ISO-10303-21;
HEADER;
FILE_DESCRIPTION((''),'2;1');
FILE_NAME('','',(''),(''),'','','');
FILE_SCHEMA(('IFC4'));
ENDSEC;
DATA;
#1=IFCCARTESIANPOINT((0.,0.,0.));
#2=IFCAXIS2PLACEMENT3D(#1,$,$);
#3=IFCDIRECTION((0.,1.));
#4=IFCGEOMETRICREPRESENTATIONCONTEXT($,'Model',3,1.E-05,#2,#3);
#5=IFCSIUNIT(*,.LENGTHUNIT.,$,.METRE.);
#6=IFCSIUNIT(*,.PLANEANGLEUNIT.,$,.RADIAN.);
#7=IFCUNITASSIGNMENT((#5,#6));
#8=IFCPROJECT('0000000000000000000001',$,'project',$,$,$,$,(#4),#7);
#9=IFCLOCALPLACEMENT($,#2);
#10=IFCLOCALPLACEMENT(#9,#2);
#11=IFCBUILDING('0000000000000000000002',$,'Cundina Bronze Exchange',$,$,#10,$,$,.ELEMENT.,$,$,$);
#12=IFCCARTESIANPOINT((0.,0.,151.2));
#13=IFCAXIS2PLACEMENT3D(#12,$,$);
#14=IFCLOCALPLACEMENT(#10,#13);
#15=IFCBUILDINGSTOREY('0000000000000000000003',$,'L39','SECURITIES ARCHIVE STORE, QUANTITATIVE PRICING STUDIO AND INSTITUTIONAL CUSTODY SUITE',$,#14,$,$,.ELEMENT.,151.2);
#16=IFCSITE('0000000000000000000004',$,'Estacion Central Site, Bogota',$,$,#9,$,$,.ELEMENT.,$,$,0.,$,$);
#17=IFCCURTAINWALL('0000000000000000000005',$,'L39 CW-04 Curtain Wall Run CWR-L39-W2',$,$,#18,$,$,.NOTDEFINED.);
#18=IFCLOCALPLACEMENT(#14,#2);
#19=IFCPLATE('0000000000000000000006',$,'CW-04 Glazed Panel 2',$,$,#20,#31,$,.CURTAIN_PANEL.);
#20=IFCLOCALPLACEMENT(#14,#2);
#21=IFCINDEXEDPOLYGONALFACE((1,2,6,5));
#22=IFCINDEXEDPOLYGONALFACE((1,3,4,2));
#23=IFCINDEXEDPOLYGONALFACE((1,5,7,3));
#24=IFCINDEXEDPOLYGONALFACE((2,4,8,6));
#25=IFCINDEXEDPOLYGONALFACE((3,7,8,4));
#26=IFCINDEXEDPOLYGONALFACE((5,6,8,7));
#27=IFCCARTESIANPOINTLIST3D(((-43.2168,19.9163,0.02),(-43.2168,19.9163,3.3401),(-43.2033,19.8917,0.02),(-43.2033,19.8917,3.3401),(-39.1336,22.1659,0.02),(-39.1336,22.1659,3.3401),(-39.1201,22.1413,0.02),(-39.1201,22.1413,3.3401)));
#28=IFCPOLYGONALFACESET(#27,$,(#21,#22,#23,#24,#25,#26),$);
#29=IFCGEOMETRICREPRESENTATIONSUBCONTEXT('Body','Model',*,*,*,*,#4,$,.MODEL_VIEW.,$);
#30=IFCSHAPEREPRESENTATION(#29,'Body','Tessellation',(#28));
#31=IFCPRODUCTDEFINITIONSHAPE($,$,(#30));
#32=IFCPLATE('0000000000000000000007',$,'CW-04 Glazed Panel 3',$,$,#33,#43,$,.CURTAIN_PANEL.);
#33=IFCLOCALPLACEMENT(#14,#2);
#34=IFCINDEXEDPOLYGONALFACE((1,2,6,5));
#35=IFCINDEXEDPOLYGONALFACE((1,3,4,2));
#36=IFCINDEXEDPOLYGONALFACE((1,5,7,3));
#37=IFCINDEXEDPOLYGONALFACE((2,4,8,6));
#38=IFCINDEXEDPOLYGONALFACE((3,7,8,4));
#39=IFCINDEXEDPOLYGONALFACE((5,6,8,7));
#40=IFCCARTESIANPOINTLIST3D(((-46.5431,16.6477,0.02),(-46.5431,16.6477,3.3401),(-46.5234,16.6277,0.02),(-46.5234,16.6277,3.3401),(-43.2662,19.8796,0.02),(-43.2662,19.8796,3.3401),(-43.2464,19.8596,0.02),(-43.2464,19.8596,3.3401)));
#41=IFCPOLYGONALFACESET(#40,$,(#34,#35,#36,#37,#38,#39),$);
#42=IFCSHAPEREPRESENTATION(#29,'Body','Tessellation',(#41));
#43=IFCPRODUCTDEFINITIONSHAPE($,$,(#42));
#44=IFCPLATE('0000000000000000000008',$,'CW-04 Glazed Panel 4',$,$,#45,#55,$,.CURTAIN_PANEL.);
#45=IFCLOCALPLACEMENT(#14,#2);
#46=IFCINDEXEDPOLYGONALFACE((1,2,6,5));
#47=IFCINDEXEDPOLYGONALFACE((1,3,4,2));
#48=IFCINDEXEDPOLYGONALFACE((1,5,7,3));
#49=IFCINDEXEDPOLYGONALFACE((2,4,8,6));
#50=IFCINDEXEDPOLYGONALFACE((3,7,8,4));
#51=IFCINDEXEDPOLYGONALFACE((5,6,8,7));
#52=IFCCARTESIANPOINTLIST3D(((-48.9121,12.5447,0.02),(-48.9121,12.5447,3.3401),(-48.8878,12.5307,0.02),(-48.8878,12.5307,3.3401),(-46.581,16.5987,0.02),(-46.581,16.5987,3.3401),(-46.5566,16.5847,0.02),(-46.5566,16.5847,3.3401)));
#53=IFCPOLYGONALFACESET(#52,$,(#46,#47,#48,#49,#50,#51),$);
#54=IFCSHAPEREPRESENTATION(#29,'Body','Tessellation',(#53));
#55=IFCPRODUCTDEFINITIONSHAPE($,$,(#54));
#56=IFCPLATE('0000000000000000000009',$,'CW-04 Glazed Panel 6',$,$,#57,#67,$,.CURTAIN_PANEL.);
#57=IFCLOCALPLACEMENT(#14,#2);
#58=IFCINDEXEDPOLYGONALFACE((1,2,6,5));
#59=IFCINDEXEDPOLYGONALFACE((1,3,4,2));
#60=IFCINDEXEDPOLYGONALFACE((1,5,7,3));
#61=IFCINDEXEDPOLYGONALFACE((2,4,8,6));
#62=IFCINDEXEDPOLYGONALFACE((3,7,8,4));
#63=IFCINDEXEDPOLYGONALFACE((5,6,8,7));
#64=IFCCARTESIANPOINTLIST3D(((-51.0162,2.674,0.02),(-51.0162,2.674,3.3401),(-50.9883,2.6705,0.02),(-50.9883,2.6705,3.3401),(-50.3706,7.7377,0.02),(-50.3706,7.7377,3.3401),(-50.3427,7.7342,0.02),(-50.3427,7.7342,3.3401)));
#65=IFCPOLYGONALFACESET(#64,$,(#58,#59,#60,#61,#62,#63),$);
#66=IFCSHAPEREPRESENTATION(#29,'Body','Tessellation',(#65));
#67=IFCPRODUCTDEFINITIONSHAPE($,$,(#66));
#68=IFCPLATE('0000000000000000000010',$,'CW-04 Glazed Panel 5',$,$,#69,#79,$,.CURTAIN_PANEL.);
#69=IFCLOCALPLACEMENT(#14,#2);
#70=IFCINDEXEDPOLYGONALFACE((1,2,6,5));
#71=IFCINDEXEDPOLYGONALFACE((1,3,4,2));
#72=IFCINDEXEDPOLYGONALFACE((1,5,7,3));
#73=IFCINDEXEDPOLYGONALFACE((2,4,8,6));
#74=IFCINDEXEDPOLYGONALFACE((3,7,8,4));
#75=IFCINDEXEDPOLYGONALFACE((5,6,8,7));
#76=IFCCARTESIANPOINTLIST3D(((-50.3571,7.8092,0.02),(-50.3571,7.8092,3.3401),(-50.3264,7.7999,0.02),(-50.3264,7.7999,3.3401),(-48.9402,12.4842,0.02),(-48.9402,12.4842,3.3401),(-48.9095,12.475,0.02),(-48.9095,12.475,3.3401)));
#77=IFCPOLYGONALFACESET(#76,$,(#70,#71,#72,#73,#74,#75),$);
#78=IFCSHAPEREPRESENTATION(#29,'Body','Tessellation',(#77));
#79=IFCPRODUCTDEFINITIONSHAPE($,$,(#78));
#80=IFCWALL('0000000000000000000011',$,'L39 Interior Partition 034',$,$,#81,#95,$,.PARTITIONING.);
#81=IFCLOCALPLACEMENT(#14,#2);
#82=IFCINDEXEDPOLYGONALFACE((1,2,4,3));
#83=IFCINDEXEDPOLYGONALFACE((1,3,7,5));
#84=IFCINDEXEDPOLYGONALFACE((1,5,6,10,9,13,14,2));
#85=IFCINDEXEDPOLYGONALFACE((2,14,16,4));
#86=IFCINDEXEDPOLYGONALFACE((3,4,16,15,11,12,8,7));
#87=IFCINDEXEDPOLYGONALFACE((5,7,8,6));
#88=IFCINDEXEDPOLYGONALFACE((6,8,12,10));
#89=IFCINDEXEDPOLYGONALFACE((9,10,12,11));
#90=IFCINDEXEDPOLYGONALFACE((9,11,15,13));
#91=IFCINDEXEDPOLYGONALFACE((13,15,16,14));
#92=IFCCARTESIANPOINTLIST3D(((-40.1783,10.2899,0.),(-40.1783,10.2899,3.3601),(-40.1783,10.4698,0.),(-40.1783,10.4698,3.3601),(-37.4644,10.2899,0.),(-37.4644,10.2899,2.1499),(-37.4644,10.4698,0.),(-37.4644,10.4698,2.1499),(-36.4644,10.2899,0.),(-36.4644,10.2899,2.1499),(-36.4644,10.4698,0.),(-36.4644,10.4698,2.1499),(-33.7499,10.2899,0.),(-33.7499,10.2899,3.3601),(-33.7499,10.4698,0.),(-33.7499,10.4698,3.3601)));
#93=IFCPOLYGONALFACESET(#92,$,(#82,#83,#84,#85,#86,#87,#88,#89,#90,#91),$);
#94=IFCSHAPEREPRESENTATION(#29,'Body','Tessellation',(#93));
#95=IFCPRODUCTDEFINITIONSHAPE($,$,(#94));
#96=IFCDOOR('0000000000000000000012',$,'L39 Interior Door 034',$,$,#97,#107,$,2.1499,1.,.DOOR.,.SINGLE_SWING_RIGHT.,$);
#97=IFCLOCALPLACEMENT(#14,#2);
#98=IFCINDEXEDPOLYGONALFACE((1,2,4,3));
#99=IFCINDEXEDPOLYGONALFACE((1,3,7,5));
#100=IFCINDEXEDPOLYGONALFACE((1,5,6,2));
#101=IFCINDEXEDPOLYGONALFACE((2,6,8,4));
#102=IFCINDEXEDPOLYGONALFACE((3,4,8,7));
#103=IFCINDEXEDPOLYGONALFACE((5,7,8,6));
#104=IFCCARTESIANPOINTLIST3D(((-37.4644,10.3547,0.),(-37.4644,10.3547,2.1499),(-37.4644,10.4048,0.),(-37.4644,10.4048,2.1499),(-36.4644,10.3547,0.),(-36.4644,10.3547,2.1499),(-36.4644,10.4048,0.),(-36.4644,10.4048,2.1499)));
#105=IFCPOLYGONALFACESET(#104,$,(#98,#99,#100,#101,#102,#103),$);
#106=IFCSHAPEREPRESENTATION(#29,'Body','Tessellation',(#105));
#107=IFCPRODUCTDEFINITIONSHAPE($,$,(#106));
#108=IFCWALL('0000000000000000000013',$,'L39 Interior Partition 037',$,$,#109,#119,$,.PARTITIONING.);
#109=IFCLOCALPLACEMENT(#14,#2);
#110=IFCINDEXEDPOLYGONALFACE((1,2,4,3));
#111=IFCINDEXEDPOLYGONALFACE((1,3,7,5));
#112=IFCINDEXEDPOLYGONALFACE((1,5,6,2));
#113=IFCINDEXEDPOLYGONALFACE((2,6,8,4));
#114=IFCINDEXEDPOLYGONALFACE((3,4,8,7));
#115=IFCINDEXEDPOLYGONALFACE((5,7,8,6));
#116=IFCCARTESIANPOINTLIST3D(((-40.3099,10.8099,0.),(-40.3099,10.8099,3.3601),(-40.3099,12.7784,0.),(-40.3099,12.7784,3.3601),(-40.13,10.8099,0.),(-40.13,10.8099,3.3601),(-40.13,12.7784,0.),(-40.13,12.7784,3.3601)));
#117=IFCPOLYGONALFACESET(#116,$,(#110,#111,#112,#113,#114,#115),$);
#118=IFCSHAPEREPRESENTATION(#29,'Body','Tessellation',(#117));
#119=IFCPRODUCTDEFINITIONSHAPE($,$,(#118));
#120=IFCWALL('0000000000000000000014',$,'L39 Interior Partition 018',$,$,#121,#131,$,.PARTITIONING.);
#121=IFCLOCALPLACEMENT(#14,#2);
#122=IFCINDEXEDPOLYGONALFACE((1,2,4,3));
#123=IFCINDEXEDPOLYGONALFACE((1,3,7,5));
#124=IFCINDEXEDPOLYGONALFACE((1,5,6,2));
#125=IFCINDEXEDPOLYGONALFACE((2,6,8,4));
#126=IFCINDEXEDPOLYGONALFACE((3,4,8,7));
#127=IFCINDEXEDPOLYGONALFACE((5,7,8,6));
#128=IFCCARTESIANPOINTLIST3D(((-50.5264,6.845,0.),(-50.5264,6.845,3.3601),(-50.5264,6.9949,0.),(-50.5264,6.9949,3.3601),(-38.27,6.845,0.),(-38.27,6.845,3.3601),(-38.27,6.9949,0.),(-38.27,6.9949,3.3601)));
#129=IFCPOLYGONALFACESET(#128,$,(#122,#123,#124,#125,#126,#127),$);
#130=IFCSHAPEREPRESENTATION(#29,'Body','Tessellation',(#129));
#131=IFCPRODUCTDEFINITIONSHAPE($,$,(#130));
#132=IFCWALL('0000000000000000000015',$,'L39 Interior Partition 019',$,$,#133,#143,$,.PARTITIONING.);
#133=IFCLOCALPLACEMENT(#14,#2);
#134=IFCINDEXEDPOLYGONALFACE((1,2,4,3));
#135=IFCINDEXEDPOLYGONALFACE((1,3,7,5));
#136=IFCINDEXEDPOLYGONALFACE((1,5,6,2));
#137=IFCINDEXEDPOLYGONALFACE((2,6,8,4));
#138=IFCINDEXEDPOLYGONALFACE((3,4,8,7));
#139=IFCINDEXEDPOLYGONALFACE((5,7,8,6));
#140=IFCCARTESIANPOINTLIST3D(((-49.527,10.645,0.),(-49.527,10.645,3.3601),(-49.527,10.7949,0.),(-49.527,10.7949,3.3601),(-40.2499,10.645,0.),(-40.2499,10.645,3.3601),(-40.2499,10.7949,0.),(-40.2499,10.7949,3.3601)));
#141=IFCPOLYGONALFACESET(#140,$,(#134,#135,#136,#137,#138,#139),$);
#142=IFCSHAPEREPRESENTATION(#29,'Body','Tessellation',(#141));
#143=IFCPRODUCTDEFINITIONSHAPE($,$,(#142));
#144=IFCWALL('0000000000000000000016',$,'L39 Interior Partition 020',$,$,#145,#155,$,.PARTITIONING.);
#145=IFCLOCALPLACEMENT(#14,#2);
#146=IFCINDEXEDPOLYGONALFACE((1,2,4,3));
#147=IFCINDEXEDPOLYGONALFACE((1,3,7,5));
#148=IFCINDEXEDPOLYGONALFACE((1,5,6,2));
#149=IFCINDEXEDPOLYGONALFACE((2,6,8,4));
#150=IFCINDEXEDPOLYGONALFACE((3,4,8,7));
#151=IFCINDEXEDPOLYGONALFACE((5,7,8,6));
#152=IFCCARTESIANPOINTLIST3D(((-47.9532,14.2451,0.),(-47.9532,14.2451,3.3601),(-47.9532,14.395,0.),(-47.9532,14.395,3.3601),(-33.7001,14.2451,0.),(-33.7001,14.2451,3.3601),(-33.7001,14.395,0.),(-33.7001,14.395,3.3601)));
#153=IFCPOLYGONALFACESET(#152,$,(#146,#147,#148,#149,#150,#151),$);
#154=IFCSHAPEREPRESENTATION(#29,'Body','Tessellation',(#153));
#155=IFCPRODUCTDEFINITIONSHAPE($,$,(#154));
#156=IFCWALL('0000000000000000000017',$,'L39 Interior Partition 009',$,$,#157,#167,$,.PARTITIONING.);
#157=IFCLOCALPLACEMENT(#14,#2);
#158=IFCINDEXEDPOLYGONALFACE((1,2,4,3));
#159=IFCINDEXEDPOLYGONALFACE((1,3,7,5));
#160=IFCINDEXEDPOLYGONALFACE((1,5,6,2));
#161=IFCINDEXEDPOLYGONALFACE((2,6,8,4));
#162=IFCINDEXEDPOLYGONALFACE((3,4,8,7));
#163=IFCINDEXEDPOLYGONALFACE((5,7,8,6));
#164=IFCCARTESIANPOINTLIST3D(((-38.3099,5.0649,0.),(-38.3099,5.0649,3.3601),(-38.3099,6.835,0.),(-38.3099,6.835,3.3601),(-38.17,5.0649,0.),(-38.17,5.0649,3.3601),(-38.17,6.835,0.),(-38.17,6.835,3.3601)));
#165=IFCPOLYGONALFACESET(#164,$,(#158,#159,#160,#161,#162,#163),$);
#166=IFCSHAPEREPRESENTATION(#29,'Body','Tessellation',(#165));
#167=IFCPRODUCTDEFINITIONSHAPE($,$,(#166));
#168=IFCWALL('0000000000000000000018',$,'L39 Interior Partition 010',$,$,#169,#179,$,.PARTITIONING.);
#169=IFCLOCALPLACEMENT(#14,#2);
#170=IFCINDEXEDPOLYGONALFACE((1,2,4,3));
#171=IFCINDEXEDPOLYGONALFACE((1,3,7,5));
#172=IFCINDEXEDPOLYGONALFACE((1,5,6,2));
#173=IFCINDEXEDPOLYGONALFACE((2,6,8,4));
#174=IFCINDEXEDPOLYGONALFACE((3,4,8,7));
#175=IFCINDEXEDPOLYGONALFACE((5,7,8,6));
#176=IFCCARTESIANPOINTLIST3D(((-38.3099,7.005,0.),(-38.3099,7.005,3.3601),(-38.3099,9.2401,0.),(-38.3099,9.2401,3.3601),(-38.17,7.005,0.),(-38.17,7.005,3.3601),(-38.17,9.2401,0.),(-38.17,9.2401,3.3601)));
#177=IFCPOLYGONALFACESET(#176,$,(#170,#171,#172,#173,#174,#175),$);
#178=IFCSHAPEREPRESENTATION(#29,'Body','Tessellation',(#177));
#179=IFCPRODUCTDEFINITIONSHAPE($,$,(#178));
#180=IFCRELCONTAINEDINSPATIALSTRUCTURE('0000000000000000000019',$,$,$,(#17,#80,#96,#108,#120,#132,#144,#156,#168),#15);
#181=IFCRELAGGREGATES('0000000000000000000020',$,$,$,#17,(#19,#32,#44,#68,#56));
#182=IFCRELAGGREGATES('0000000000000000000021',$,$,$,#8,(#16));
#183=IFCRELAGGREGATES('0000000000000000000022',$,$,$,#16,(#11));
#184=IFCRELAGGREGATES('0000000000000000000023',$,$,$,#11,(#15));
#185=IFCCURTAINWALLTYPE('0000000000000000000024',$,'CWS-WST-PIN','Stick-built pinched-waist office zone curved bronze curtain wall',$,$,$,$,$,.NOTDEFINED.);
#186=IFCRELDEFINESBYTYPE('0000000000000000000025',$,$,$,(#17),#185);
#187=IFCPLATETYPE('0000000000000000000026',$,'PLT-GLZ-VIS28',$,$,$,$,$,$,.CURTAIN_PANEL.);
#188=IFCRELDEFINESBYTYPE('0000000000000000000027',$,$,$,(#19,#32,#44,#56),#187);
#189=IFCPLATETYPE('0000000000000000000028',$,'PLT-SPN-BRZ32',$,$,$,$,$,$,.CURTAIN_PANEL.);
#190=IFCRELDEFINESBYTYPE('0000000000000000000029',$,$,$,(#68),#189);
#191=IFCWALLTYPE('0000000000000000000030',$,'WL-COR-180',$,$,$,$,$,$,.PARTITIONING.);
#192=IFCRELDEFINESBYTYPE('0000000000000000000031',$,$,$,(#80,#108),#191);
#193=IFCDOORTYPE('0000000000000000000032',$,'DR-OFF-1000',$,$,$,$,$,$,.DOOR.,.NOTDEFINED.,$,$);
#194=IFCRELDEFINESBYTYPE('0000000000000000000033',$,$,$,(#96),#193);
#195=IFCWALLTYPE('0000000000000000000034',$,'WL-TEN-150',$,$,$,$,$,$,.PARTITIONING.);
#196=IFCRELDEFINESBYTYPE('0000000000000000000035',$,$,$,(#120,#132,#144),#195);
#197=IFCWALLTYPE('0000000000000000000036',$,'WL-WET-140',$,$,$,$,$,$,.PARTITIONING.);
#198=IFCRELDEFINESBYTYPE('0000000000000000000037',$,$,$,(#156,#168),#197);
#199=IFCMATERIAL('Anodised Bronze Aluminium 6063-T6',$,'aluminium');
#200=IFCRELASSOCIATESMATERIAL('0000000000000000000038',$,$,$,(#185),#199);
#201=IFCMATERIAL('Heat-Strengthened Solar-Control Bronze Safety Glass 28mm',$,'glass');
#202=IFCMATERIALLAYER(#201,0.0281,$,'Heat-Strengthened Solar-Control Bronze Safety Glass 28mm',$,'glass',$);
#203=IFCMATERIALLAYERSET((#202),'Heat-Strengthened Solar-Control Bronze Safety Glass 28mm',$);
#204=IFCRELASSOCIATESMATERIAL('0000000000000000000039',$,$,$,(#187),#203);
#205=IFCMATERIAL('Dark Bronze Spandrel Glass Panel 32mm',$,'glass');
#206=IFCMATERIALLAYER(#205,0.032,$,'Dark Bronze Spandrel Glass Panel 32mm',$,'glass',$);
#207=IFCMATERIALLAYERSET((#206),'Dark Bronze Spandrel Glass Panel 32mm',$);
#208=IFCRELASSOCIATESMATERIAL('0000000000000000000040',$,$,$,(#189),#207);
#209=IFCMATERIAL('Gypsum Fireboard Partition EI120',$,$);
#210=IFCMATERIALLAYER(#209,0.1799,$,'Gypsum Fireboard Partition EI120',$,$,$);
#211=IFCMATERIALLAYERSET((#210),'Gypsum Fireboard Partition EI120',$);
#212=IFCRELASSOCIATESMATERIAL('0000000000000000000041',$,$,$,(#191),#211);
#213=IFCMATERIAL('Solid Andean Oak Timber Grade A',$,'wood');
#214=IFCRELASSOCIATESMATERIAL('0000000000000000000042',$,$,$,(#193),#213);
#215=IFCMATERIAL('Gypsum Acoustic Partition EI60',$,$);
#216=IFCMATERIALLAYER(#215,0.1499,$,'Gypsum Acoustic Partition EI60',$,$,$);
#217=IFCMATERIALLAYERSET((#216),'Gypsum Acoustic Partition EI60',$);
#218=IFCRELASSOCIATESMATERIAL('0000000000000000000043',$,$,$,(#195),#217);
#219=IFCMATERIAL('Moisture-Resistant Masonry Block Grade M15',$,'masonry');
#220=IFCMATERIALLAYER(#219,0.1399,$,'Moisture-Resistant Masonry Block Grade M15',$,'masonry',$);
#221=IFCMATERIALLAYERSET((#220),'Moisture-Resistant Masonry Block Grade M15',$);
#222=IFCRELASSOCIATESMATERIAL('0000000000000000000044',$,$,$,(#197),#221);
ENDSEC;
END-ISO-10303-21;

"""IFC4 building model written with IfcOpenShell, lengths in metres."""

from ifc_helpers import new_model, si_unit, direction, frame, frame_2d, origin, origin_2d, place, context, subcontext, project, spatial, rectangle, extrude, material, layer, layer_set, type_object, element, fill, aggregate, save


model = new_model("IFC4")

# Units and contexts
model_context = context("Model", 3, precision=1e-05, world=origin(), true_north=direction((0.0, 1.0)))
body_context = subcontext(model_context, "Body", "Model", "MODEL_VIEW")
ifc_project = project(units=[si_unit("LENGTHUNIT", "METRE"), si_unit("PLANEANGLEUNIT", "RADIAN")], contexts=[model_context])

# Site, building, storey
site_placement = place(None, origin())
site = spatial("IfcSite", under=ifc_project, at=site_placement, Name="Estacion Central Site, Bogota", CompositionType="ELEMENT", RefElevation=0.0)
building_placement = place(site_placement, origin())
building = spatial("IfcBuilding", under=site, at=building_placement, Name="Cundina Bronze Exchange", CompositionType="ELEMENT")
storey_placement = place(building_placement, frame((0.0, 0.0, 151.2)))
storey = spatial("IfcBuildingStorey", under=building, at=storey_placement, Name="L39", Description="SECURITIES ARCHIVE STORE, QUANTITATIVE PRICING STUDIO AND INSTITUTIONAL CUSTODY SUITE", CompositionType="ELEMENT", Elevation=151.2)

# Curtain wall, plates
ifc_material_1 = material(Name="Anodised Bronze Aluminium 6063-T6", Category="aluminium")
curtain_wall_type = type_object("IfcCurtainWallType", Name="CWS-WST-PIN", Description="Stick-built pinched-waist office zone curved bronze curtain wall", PredefinedType="NOTDEFINED", material=ifc_material_1)
curtain_wall_placement = place(storey_placement, origin())
curtain_wall = element("IfcCurtainWall", 1, at=curtain_wall_placement, inside=storey, type_object=curtain_wall_type, Name="L39 CW-04 Curtain Wall Run CWR-L39-W2", PredefinedType="NOTDEFINED")
ifc_material_2 = material(Name="Heat-Strengthened Solar-Control Bronze Safety Glass 28mm", Category="glass")
ifc_layer_1 = layer(ifc_material_2, 0.0281, Name="Heat-Strengthened Solar-Control Bronze Safety Glass 28mm", Category="glass")
ifc_layer_set_1 = layer_set([ifc_layer_1], Name="Heat-Strengthened Solar-Control Bronze Safety Glass 28mm")
plate_type_1 = type_object("IfcPlateType", Name="PLT-GLZ-VIS28", PredefinedType="CURTAIN_PANEL", material=ifc_layer_set_1)
plate_1_placement = place(storey_placement, frame((-41.1685, 21.0288, 0.02), z_axis=(0.0, 0.0, 1.0), x_axis=(-0.875869, -0.482549, 0.0)))
plate_1 = element("IfcPlate", 2, at=plate_1_placement, type_object=plate_type_1, Name="CW-04 Glazed Panel 2", PredefinedType="CURTAIN_PANEL", context=body_context, shape_type="SweptSolid", body=[
    extrude(rectangle(XDim=4.6619, YDim=0.0281, at=origin_2d()), origin(), (0.0, 0.0, 1.0), 3.3201),
])
plate_2_placement = place(storey_placement, frame((-44.8948, 18.2537, 0.02), z_axis=(0.0, 0.0, 1.0), x_axis=(-0.711989, -0.70219, 0.0)))
plate_2 = element("IfcPlate", 3, at=plate_2_placement, type_object=plate_type_1, Name="CW-04 Glazed Panel 3", PredefinedType="CURTAIN_PANEL", context=body_context, shape_type="SweptSolid", body=[
    extrude(rectangle(XDim=4.6025, YDim=0.0281, at=origin_2d()), origin(), (0.0, 0.0, 1.0), 3.3201),
])
plate_3_placement = place(storey_placement, frame((-47.7344, 14.5647, 0.02), z_axis=(0.0, 0.0, 1.0), x_axis=(-0.498488, -0.866897, 0.0)))
plate_3 = element("IfcPlate", 4, at=plate_3_placement, type_object=plate_type_1, Name="CW-04 Glazed Panel 4", PredefinedType="CURTAIN_PANEL", context=body_context, shape_type="SweptSolid", body=[
    extrude(rectangle(XDim=4.6765, YDim=0.0281, at=origin_2d()), origin(), (0.0, 0.0, 1.0), 3.3201),
])
plate_4_placement = place(storey_placement, frame((-50.6794, 5.2041, 0.02), z_axis=(0.0, 0.0, 1.0), x_axis=(-0.126476, -0.99197, 0.0)))
plate_4 = element("IfcPlate", 5, at=plate_4_placement, type_object=plate_type_1, Name="CW-04 Glazed Panel 6", PredefinedType="CURTAIN_PANEL", context=body_context, shape_type="SweptSolid", body=[
    extrude(rectangle(XDim=5.1047, YDim=0.0281, at=origin_2d()), origin(), (0.0, 0.0, 1.0), 3.3201),
])
ifc_material_3 = material(Name="Dark Bronze Spandrel Glass Panel 32mm", Category="glass")
ifc_layer_2 = layer(ifc_material_3, 0.032, Name="Dark Bronze Spandrel Glass Panel 32mm", Category="glass")
ifc_layer_set_2 = layer_set([ifc_layer_2], Name="Dark Bronze Spandrel Glass Panel 32mm")
plate_type_2 = type_object("IfcPlateType", Name="PLT-SPN-BRZ32", PredefinedType="CURTAIN_PANEL", material=ifc_layer_set_2)
plate_5_placement = place(storey_placement, frame((-49.6333, 10.1421, 0.02), z_axis=(0.0, 0.0, 1.0), x_axis=(-0.290051, -0.957011, 0.0)))
plate_5 = element("IfcPlate", 6, at=plate_5_placement, type_object=plate_type_2, Name="CW-04 Glazed Panel 5", PredefinedType="CURTAIN_PANEL", context=body_context, shape_type="SweptSolid", body=[
    extrude(rectangle(XDim=4.885, YDim=0.032, at=origin_2d()), origin(), (0.0, 0.0, 1.0), 3.3201),
])
aggregate(curtain_wall, [plate_1, plate_2, plate_3, plate_5, plate_4])

# Wall, opening, door
ifc_material_4 = material(Name="Gypsum Fireboard Partition EI120")
ifc_layer_3 = layer(ifc_material_4, 0.1799, Name="Gypsum Fireboard Partition EI120")
ifc_layer_set_3 = layer_set([ifc_layer_3], Name="Gypsum Fireboard Partition EI120")
wall_type_1 = type_object("IfcWallType", Name="WL-COR-180", PredefinedType="PARTITIONING", material=ifc_layer_set_3)
wall_1_placement = place(storey_placement, frame((-40.1785, 10.3799, 0.0), z_axis=(0.0, 0.0, 1.0), x_axis=(1.0, 0.0, 0.0)))
wall_1 = element("IfcWall", 7, at=wall_1_placement, inside=storey, type_object=wall_type_1, Name="L39 Interior Partition 034", PredefinedType="PARTITIONING", context=body_context, shape_type="SweptSolid", body=[
    extrude(rectangle(XDim=6.4285, YDim=0.1799, at=frame_2d((3.2144, 0.0))), origin(), (0.0, 0.0, 1.0), 3.3601),
])
opening_placement = place(wall_1_placement, frame((2.7141, 0.0, 0.0)))
opening = element("IfcOpeningElement", 8, at=opening_placement, cuts=wall_1, PredefinedType="OPENING", context=body_context, shape_type="SweptSolid", body=[
    extrude(rectangle(XDim=1.0, YDim=2.1499, at=frame_2d((0.5, 1.075))), frame((0.0, 0.0999, 0.0), z_axis=(0.0, -1.0, 0.0), x_axis=(1.0, 0.0, 0.0)), (0.0, 0.0, 1.0), 0.2),
])
ifc_material_5 = material(Name="Solid Andean Oak Timber Grade A", Category="wood")
door_type = type_object("IfcDoorType", Name="DR-OFF-1000", OperationType="NOTDEFINED", PredefinedType="DOOR", material=ifc_material_5)
door_placement = place(opening_placement, origin())
door = element("IfcDoor", 9, at=door_placement, inside=storey, type_object=door_type, Name="L39 Interior Door 034", OperationType="SINGLE_SWING_RIGHT", OverallHeight=2.1499, OverallWidth=1.0, PredefinedType="DOOR", context=body_context, shape_type="SweptSolid", body=[
    extrude(rectangle(XDim=1.0, YDim=2.1499, at=frame_2d((0.5, 1.075))), frame((0.0, 0.0249, 0.0), z_axis=(0.0, -1.0, 0.0), x_axis=(1.0, 0.0, 0.0)), (0.0, 0.0, 1.0), 0.05),
])
fill(opening, door)

# Walls
wall_2_placement = place(storey_placement, frame((-40.22, 12.7786, 0.0), z_axis=(0.0, 0.0, 1.0), x_axis=(0.0, -1.0, 0.0)))
element("IfcWall", 10, at=wall_2_placement, inside=storey, type_object=wall_type_1, Name="L39 Interior Partition 037", PredefinedType="PARTITIONING", context=body_context, shape_type="SweptSolid", body=[
    extrude(rectangle(XDim=1.9685, YDim=0.1799, at=frame_2d((0.9844, 0.0))), origin(), (0.0, 0.0, 1.0), 3.3601),
])
ifc_material_6 = material(Name="Gypsum Acoustic Partition EI60")
ifc_layer_4 = layer(ifc_material_6, 0.1499, Name="Gypsum Acoustic Partition EI60")
ifc_layer_set_4 = layer_set([ifc_layer_4], Name="Gypsum Acoustic Partition EI60")
wall_type_2 = type_object("IfcWallType", Name="WL-TEN-150", PredefinedType="PARTITIONING", material=ifc_layer_set_4)
wall_3_placement = place(storey_placement, frame((-50.5264, 6.9199, 0.0), z_axis=(0.0, 0.0, 1.0), x_axis=(1.0, 0.0, 0.0)))
element("IfcWall", 11, at=wall_3_placement, inside=storey, type_object=wall_type_2, Name="L39 Interior Partition 018", PredefinedType="PARTITIONING", context=body_context, shape_type="SweptSolid", body=[
    extrude(rectangle(XDim=12.2563, YDim=0.1499, at=frame_2d((6.1282, 0.0))), origin(), (0.0, 0.0, 1.0), 3.3601),
])
wall_4_placement = place(storey_placement, frame((-49.5271, 10.72, 0.0), z_axis=(0.0, 0.0, 1.0), x_axis=(1.0, 0.0, 0.0)))
element("IfcWall", 12, at=wall_4_placement, inside=storey, type_object=wall_type_2, Name="L39 Interior Partition 019", PredefinedType="PARTITIONING", context=body_context, shape_type="SweptSolid", body=[
    extrude(rectangle(XDim=9.2771, YDim=0.1499, at=frame_2d((4.6387, 0.0))), origin(), (0.0, 0.0, 1.0), 3.3601),
])
wall_5_placement = place(storey_placement, frame((-47.9531, 14.3201, 0.0), z_axis=(0.0, 0.0, 1.0), x_axis=(1.0, 0.0, 0.0)))
element("IfcWall", 13, at=wall_5_placement, inside=storey, type_object=wall_type_2, Name="L39 Interior Partition 020", PredefinedType="PARTITIONING", context=body_context, shape_type="SweptSolid", body=[
    extrude(rectangle(XDim=14.2532, YDim=0.1499, at=frame_2d((7.1265, 0.0))), origin(), (0.0, 0.0, 1.0), 3.3601),
])
ifc_material_7 = material(Name="Moisture-Resistant Masonry Block Grade M15", Category="masonry")
ifc_layer_5 = layer(ifc_material_7, 0.1399, Name="Moisture-Resistant Masonry Block Grade M15", Category="masonry")
ifc_layer_set_5 = layer_set([ifc_layer_5], Name="Moisture-Resistant Masonry Block Grade M15")
wall_type_3 = type_object("IfcWallType", Name="WL-WET-140", PredefinedType="PARTITIONING", material=ifc_layer_set_5)
wall_6_placement = place(storey_placement, frame((-38.24, 5.0649, 0.0), z_axis=(0.0, 0.0, 1.0), x_axis=(0.0, 1.0, 0.0)))
element("IfcWall", 14, at=wall_6_placement, inside=storey, type_object=wall_type_3, Name="L39 Interior Partition 009", PredefinedType="PARTITIONING", context=body_context, shape_type="SweptSolid", body=[
    extrude(rectangle(XDim=1.77, YDim=0.1399, at=frame_2d((0.885, 0.0))), origin(), (0.0, 0.0, 1.0), 3.3601),
])
wall_7_placement = place(storey_placement, frame((-38.24, 7.0049, 0.0), z_axis=(0.0, 0.0, 1.0), x_axis=(0.0, 1.0, 0.0)))
element("IfcWall", 15, at=wall_7_placement, inside=storey, type_object=wall_type_3, Name="L39 Interior Partition 010", PredefinedType="PARTITIONING", context=body_context, shape_type="SweptSolid", body=[
    extrude(rectangle(XDim=2.2351, YDim=0.1399, at=frame_2d((1.1177, 0.0))), origin(), (0.0, 0.0, 1.0), 3.3601),
])

save(model, "model.ifc")
